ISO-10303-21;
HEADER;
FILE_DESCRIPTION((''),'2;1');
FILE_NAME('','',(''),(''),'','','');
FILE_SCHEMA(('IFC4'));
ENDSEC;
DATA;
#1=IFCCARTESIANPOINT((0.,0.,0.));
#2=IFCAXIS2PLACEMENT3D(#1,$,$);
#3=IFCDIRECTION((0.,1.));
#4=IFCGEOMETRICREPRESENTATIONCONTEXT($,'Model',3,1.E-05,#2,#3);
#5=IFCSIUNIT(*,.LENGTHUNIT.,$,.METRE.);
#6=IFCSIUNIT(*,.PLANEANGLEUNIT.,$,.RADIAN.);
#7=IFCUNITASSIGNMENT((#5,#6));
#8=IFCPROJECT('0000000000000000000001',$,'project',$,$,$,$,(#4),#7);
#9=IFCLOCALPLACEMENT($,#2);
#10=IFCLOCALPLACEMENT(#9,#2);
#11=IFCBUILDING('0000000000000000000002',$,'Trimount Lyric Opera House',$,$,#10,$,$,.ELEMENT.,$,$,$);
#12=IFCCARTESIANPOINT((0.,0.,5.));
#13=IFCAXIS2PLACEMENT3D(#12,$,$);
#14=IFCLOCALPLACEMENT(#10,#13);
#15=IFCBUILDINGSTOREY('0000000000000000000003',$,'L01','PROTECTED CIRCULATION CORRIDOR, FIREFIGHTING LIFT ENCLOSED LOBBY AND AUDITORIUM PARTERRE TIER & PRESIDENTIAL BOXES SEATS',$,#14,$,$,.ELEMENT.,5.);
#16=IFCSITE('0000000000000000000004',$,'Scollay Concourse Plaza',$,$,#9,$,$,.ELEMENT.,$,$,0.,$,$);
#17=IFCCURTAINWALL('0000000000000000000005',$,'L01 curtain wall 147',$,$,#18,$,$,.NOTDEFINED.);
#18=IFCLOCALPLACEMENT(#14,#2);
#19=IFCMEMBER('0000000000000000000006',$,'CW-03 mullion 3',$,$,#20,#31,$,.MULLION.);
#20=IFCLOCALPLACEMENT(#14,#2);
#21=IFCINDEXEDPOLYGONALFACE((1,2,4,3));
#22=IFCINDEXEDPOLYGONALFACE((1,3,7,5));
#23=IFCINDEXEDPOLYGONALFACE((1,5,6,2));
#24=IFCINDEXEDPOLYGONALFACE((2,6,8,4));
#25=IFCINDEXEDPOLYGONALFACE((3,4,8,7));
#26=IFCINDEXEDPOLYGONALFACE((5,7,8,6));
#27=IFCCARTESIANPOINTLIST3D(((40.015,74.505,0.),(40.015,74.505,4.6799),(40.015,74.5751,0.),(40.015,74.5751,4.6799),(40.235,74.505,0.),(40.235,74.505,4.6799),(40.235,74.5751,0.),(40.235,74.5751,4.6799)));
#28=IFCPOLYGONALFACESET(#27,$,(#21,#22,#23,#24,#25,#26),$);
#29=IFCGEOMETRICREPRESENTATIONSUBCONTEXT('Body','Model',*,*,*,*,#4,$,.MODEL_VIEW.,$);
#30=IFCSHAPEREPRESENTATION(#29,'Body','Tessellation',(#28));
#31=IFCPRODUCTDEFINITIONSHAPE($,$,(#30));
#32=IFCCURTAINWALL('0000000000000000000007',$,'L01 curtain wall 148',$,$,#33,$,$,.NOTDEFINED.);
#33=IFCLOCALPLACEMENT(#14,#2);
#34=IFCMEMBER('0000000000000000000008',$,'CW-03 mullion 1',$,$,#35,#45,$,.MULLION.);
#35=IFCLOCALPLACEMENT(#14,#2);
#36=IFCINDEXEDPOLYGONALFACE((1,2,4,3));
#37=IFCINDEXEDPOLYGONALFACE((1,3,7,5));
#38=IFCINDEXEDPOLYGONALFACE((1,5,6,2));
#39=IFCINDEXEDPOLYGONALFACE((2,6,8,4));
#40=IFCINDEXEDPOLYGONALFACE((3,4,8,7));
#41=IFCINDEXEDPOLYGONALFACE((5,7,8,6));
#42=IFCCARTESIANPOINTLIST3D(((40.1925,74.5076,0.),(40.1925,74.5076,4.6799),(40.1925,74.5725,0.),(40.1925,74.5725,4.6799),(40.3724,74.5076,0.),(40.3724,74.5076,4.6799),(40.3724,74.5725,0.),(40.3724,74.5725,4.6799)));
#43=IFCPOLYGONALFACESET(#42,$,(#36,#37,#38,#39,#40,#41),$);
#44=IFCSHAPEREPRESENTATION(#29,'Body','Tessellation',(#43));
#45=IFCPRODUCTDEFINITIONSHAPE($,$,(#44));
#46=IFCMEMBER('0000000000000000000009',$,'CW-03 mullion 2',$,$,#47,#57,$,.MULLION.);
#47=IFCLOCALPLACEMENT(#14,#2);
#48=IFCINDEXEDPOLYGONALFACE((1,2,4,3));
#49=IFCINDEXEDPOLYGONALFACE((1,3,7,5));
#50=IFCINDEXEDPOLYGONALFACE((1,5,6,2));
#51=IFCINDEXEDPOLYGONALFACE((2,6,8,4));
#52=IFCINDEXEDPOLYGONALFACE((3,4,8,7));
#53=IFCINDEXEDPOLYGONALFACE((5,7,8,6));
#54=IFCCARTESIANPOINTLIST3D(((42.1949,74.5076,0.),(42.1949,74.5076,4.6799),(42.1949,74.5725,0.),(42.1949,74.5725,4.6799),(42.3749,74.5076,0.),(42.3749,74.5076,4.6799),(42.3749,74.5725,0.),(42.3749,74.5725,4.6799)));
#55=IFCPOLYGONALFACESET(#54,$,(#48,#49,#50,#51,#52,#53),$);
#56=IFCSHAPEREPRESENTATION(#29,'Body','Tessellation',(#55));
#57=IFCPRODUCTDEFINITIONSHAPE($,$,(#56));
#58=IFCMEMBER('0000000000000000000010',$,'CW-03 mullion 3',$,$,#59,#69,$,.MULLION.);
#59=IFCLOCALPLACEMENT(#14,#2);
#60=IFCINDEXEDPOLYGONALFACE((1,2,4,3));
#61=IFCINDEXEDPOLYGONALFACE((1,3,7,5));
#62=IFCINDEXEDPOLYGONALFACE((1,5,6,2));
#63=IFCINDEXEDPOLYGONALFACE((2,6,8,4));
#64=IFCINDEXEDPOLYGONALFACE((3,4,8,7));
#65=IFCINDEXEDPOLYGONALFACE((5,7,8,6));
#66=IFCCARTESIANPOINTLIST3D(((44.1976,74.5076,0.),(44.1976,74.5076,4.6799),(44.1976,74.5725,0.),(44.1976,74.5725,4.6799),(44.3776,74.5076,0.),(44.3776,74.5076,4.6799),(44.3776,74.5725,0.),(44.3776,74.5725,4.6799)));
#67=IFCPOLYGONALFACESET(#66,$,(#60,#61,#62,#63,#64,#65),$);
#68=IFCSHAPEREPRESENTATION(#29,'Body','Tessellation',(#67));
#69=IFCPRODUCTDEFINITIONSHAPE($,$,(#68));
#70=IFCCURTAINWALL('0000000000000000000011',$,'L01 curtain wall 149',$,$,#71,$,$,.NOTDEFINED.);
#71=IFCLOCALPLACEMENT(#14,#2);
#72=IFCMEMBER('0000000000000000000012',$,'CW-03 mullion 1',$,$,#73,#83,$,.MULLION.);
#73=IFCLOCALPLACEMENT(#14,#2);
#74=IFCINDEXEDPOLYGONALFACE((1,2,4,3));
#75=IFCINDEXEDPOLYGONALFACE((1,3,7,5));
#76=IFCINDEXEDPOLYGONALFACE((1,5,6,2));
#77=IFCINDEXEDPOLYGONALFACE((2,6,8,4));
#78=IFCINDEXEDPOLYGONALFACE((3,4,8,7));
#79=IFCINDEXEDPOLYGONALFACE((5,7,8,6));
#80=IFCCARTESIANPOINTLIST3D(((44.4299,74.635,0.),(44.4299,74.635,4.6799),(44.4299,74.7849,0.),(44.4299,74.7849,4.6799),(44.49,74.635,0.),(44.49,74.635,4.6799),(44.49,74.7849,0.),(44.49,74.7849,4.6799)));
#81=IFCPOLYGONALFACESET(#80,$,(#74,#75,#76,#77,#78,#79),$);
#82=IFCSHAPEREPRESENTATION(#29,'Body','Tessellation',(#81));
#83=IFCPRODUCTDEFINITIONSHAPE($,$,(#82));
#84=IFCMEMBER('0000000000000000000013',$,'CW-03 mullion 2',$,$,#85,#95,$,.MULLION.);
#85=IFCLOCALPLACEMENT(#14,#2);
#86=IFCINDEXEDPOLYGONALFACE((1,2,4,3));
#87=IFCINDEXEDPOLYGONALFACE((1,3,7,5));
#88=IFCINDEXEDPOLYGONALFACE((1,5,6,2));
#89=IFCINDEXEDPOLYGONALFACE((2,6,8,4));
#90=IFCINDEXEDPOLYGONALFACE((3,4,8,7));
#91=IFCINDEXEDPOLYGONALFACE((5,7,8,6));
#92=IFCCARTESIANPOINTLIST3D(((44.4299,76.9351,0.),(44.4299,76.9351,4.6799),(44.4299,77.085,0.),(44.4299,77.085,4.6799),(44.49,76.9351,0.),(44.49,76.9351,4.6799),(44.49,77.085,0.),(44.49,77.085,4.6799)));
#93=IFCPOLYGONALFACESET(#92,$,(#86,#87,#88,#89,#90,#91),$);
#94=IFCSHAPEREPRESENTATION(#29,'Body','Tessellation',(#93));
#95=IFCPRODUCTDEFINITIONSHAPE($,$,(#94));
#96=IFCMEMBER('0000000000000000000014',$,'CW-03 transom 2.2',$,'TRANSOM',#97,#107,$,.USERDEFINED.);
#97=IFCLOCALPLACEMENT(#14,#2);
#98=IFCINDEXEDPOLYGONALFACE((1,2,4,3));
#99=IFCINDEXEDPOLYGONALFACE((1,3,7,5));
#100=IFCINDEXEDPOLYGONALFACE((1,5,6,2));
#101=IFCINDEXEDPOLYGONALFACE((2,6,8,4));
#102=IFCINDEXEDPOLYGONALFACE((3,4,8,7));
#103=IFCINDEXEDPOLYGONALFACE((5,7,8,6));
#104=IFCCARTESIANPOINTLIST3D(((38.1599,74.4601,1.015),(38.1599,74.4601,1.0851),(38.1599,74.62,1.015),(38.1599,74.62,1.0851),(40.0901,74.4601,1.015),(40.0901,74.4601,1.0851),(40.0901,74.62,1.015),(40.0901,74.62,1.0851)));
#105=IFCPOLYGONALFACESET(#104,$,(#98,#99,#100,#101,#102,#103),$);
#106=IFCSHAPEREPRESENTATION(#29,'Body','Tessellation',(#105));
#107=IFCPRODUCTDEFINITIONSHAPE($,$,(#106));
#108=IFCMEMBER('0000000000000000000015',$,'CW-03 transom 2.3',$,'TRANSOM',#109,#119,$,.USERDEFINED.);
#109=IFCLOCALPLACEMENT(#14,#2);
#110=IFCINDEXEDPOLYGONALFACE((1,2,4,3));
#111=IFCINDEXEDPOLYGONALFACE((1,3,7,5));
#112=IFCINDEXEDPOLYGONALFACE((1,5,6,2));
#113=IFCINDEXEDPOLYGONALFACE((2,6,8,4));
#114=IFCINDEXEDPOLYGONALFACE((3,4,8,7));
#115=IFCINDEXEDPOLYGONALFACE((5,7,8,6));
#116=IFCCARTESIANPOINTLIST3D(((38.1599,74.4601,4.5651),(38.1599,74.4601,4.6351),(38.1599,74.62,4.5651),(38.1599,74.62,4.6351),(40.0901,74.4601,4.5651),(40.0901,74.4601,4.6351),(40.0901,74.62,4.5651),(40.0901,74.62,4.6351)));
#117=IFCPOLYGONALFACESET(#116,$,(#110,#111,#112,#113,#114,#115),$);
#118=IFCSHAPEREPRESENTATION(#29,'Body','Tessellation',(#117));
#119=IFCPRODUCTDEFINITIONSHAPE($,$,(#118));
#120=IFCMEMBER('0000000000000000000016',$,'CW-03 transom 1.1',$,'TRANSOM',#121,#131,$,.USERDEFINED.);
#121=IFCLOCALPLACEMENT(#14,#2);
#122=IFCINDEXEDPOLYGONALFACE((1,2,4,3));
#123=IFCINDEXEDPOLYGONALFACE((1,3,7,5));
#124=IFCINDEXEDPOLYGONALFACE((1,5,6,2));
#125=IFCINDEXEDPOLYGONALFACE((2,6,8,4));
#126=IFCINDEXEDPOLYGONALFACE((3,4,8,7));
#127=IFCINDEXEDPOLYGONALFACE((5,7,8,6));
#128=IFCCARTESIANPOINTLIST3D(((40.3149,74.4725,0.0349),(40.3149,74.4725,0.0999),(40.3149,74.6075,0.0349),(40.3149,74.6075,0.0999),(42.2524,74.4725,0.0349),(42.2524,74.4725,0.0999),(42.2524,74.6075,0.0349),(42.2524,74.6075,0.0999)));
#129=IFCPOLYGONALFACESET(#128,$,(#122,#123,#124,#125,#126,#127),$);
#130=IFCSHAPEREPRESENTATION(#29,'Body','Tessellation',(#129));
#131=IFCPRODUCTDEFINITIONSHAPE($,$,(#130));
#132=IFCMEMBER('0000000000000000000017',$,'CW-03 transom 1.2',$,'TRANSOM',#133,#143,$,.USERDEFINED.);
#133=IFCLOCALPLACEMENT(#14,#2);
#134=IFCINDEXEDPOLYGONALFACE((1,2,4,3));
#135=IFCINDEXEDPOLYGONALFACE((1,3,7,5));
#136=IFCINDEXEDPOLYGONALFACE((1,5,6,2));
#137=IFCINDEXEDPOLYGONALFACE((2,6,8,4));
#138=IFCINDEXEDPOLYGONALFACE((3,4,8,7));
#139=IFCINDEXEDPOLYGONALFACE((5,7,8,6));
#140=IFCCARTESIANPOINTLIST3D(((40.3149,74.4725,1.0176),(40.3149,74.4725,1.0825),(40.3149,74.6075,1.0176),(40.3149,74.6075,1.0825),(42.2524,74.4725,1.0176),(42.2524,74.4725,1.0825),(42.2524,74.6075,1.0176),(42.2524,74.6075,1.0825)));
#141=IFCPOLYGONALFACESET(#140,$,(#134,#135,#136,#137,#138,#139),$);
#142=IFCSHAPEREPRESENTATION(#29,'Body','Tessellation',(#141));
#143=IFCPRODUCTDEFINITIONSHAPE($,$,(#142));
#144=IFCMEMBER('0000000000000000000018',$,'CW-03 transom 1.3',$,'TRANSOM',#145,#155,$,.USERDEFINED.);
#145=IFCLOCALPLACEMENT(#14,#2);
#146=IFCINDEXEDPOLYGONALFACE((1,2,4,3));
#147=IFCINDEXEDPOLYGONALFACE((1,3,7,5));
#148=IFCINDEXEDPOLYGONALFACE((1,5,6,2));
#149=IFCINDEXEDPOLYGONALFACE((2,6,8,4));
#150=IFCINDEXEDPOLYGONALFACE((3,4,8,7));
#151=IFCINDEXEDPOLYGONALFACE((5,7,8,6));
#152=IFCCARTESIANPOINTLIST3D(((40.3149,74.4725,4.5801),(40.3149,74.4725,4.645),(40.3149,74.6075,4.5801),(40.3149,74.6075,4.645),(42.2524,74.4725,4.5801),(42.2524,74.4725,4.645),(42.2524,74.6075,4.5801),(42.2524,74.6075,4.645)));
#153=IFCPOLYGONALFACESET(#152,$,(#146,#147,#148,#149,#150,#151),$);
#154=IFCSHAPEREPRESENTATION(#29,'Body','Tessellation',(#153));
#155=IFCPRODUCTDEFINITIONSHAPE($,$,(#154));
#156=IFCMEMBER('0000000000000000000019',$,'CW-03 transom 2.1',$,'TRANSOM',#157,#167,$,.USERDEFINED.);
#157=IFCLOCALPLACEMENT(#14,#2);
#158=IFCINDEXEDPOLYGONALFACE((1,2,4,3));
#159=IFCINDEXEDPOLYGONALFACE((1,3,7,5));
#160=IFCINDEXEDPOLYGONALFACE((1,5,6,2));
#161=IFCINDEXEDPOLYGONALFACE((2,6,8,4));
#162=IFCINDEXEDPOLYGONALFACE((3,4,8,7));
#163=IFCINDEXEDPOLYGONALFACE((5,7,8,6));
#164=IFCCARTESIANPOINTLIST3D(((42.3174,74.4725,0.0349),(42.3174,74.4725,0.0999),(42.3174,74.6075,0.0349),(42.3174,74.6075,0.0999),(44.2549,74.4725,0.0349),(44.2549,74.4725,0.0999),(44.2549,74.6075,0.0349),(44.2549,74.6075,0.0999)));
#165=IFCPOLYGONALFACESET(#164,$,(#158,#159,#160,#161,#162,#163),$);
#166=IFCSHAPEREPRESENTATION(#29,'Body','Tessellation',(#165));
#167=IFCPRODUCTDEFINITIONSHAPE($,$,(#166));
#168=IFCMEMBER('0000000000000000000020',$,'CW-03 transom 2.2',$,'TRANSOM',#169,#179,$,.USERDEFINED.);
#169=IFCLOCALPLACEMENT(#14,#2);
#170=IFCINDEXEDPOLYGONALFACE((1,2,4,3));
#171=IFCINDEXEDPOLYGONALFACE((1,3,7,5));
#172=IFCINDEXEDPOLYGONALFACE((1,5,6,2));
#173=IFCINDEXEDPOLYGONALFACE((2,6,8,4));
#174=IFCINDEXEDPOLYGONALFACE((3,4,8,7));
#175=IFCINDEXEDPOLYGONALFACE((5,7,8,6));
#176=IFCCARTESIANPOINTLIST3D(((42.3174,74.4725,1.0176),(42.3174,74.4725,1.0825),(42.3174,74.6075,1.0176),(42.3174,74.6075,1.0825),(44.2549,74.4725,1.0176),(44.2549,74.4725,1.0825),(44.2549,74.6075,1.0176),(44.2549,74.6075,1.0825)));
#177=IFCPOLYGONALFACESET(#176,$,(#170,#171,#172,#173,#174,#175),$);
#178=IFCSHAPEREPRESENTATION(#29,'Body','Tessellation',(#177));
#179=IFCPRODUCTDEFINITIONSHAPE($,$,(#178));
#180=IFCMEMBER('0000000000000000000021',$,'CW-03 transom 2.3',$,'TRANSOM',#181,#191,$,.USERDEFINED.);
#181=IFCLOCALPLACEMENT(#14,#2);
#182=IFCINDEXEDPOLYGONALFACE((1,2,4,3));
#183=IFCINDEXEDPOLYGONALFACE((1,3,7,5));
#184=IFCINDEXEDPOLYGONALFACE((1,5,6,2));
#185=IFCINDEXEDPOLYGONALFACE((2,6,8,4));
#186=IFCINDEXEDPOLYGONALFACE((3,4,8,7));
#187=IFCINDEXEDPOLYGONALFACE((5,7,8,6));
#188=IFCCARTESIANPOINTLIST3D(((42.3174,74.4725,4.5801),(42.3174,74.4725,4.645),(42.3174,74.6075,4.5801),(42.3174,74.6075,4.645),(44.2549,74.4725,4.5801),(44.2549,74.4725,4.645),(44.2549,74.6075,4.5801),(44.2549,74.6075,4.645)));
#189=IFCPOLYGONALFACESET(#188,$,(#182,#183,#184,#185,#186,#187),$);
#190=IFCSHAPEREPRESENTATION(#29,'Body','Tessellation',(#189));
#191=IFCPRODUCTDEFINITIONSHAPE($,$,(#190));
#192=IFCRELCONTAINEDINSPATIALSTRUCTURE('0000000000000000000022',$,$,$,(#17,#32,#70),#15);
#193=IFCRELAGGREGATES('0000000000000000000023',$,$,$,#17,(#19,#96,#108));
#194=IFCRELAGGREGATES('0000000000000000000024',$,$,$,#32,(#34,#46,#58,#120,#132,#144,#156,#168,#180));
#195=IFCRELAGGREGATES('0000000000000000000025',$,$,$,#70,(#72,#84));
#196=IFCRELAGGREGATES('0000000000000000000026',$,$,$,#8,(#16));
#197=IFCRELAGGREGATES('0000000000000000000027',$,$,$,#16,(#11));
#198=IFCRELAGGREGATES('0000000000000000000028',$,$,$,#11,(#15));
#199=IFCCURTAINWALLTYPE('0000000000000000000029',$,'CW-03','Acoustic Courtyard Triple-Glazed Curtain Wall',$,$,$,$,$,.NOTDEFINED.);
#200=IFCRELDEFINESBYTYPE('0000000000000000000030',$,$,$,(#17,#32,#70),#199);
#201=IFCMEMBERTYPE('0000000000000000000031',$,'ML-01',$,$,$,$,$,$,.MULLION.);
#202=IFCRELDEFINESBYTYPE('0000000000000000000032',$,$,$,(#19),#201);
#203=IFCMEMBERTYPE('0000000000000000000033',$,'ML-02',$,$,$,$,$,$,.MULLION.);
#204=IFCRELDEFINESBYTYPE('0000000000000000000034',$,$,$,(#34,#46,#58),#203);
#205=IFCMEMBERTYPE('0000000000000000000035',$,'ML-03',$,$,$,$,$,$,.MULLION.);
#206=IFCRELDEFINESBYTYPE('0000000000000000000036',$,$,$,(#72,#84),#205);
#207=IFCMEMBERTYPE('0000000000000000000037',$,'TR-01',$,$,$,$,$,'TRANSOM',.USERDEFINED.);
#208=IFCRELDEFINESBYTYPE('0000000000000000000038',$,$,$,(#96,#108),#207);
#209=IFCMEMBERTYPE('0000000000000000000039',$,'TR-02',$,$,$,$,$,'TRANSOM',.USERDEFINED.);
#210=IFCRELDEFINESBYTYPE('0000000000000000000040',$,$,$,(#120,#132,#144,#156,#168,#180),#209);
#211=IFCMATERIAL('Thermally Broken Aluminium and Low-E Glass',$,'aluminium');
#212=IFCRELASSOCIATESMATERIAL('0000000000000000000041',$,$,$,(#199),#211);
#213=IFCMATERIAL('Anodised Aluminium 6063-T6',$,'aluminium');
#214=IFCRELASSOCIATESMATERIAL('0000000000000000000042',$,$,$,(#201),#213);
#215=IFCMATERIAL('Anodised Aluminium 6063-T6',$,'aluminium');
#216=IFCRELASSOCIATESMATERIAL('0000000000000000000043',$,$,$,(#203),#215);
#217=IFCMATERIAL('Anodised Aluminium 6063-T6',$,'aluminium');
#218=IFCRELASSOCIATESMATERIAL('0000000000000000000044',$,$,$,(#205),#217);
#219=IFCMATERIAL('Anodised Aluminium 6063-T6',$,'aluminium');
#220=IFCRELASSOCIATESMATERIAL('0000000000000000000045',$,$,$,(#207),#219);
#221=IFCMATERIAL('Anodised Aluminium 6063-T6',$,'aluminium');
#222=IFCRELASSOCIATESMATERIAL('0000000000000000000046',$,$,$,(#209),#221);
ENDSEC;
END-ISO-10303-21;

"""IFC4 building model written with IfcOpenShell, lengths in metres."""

from ifc_helpers import new_model, si_unit, direction, frame, origin, origin_2d, place, context, subcontext, project, spatial, rectangle, extrude, material, material_profile, profile_set, type_object, element, aggregate, save


model = new_model("IFC4")

# Units and contexts
model_context = context("Model", 3, precision=1e-05, world=origin(), true_north=direction((0.0, 1.0)))
body_context = subcontext(model_context, "Body", "Model", "MODEL_VIEW")
ifc_project = project(units=[si_unit("LENGTHUNIT", "METRE"), si_unit("PLANEANGLEUNIT", "RADIAN")], contexts=[model_context])

# Site, building, storey
site_placement = place(None, origin())
site = spatial("IfcSite", under=ifc_project, at=site_placement, Name="Scollay Concourse Plaza", CompositionType="ELEMENT", RefElevation=0.0)
building_placement = place(site_placement, origin())
building = spatial("IfcBuilding", under=site, at=building_placement, Name="Trimount Lyric Opera House", CompositionType="ELEMENT")
storey_placement = place(building_placement, frame((0.0, 0.0, 5.0)))
storey = spatial("IfcBuildingStorey", under=building, at=storey_placement, Name="L01", Description="PROTECTED CIRCULATION CORRIDOR, FIREFIGHTING LIFT ENCLOSED LOBBY AND AUDITORIUM PARTERRE TIER & PRESIDENTIAL BOXES SEATS", CompositionType="ELEMENT", Elevation=5.0)

# Curtain wall, member
ifc_material_1 = material(Name="Thermally Broken Aluminium and Low-E Glass", Category="aluminium")
curtain_wall_type = type_object("IfcCurtainWallType", Name="CW-03", Description="Acoustic Courtyard Triple-Glazed Curtain Wall", PredefinedType="NOTDEFINED", material=ifc_material_1)
curtain_wall_1_placement = place(storey_placement, origin())
curtain_wall_1 = element("IfcCurtainWall", 1, at=curtain_wall_1_placement, inside=storey, type_object=curtain_wall_type, Name="L01 curtain wall 147", PredefinedType="NOTDEFINED")
ifc_material_2 = material(Name="Anodised Aluminium 6063-T6", Category="aluminium")
ifc_material_profile_1 = material_profile(ifc_material_2, rectangle(XDim=0.0701, YDim=0.22, at=origin_2d()), Name="ALU-MULL-70X220")
ifc_profile_set_1 = profile_set([ifc_material_profile_1], Name="Anodised Aluminium 6063-T6")
member_type_1 = type_object("IfcMemberType", Name="ML-01", PredefinedType="MULLION", material=ifc_profile_set_1)
member_1_placement = place(storey_placement, frame((40.125, 74.54, 0.0), z_axis=(0.0, 0.0, 1.0), x_axis=(0.0, 1.0, 0.0)))
member_1 = element("IfcMember", 2, at=member_1_placement, type_object=member_type_1, Name="CW-03 mullion 3", PredefinedType="MULLION", context=body_context, shape_type="SweptSolid", body=[
    extrude(rectangle(XDim=0.0701, YDim=0.22, at=origin_2d()), origin(), (0.0, 0.0, 1.0), 4.6799),
])

# Curtain walls, members
curtain_wall_2_placement = place(storey_placement, origin())
curtain_wall_2 = element("IfcCurtainWall", 3, at=curtain_wall_2_placement, inside=storey, type_object=curtain_wall_type, Name="L01 curtain wall 148", PredefinedType="NOTDEFINED")
ifc_material_3 = material(Name="Anodised Aluminium 6063-T6", Category="aluminium")
ifc_material_profile_2 = material_profile(ifc_material_3, rectangle(XDim=0.0649, YDim=0.1799, at=origin_2d()), Name="ALU-MULL-65X180")
ifc_profile_set_2 = profile_set([ifc_material_profile_2], Name="Anodised Aluminium 6063-T6")
member_type_2 = type_object("IfcMemberType", Name="ML-02", PredefinedType="MULLION", material=ifc_profile_set_2)
member_2_placement = place(storey_placement, frame((40.2825, 74.54, 0.0), z_axis=(0.0, 0.0, 1.0), x_axis=(0.0, 1.0, 0.0)))
member_2 = element("IfcMember", 4, at=member_2_placement, type_object=member_type_2, Name="CW-03 mullion 1", PredefinedType="MULLION", context=body_context, shape_type="SweptSolid", body=[
    extrude(rectangle(XDim=0.0649, YDim=0.1799, at=origin_2d()), origin(), (0.0, 0.0, 1.0), 4.6799),
])
member_3_placement = place(storey_placement, frame((42.2849, 74.54, 0.0), z_axis=(0.0, 0.0, 1.0), x_axis=(0.0, 1.0, 0.0)))
member_3 = element("IfcMember", 5, at=member_3_placement, type_object=member_type_2, Name="CW-03 mullion 2", PredefinedType="MULLION", context=body_context, shape_type="SweptSolid", body=[
    extrude(rectangle(XDim=0.0649, YDim=0.1799, at=origin_2d()), origin(), (0.0, 0.0, 1.0), 4.6799),
])
member_4_placement = place(storey_placement, frame((44.2876, 74.54, 0.0), z_axis=(0.0, 0.0, 1.0), x_axis=(0.0, 1.0, 0.0)))
member_4 = element("IfcMember", 6, at=member_4_placement, type_object=member_type_2, Name="CW-03 mullion 3", PredefinedType="MULLION", context=body_context, shape_type="SweptSolid", body=[
    extrude(rectangle(XDim=0.0649, YDim=0.1799, at=origin_2d()), origin(), (0.0, 0.0, 1.0), 4.6799),
])
curtain_wall_3_placement = place(storey_placement, origin())
curtain_wall_3 = element("IfcCurtainWall", 7, at=curtain_wall_3_placement, inside=storey, type_object=curtain_wall_type, Name="L01 curtain wall 149", PredefinedType="NOTDEFINED")
ifc_material_4 = material(Name="Anodised Aluminium 6063-T6", Category="aluminium")
ifc_material_profile_3 = material_profile(ifc_material_4, rectangle(XDim=0.0601, YDim=0.1499, at=origin_2d()), Name="ALU-MULL-60X150")
ifc_profile_set_3 = profile_set([ifc_material_profile_3], Name="Anodised Aluminium 6063-T6")
member_type_3 = type_object("IfcMemberType", Name="ML-03", PredefinedType="MULLION", material=ifc_profile_set_3)
member_5_placement = place(storey_placement, frame((44.46, 74.71, 0.0), z_axis=(0.0, 0.0, 1.0), x_axis=(-1.0, 0.0, 0.0)))
member_5 = element("IfcMember", 8, at=member_5_placement, type_object=member_type_3, Name="CW-03 mullion 1", PredefinedType="MULLION", context=body_context, shape_type="SweptSolid", body=[
    extrude(rectangle(XDim=0.0601, YDim=0.1499, at=origin_2d()), origin(), (0.0, 0.0, 1.0), 4.6799),
])
member_6_placement = place(storey_placement, frame((44.46, 77.01, 0.0), z_axis=(0.0, 0.0, 1.0), x_axis=(-1.0, 0.0, 0.0)))
member_6 = element("IfcMember", 9, at=member_6_placement, type_object=member_type_3, Name="CW-03 mullion 2", PredefinedType="MULLION", context=body_context, shape_type="SweptSolid", body=[
    extrude(rectangle(XDim=0.0601, YDim=0.1499, at=origin_2d()), origin(), (0.0, 0.0, 1.0), 4.6799),
])

# Members
ifc_material_5 = material(Name="Anodised Aluminium 6063-T6", Category="aluminium")
ifc_material_profile_4 = material_profile(ifc_material_5, rectangle(XDim=0.1599, YDim=0.0701, at=origin_2d()), Name="ALU-TRAN-70X160")
ifc_profile_set_4 = profile_set([ifc_material_profile_4], Name="Anodised Aluminium 6063-T6")
member_type_4 = type_object("IfcMemberType", Name="TR-01", ElementType="TRANSOM", PredefinedType="USERDEFINED", material=ifc_profile_set_4)
member_7_placement = place(storey_placement, frame((38.1599, 74.54, 1.05), z_axis=(1.0, 0.0, 0.0), x_axis=(0.0, 1.0, 0.0)))
member_7 = element("IfcMember", 10, at=member_7_placement, type_object=member_type_4, Name="CW-03 transom 2.2", ObjectType="TRANSOM", PredefinedType="USERDEFINED", context=body_context, shape_type="SweptSolid", body=[
    extrude(rectangle(XDim=0.1599, YDim=0.0701, at=origin_2d()), origin(), (0.0, 0.0, 1.0), 1.9302),
])
member_8_placement = place(storey_placement, frame((38.1599, 74.54, 4.6001), z_axis=(1.0, 0.0, 0.0), x_axis=(0.0, 1.0, 0.0)))
member_8 = element("IfcMember", 11, at=member_8_placement, type_object=member_type_4, Name="CW-03 transom 2.3", ObjectType="TRANSOM", PredefinedType="USERDEFINED", context=body_context, shape_type="SweptSolid", body=[
    extrude(rectangle(XDim=0.1599, YDim=0.0701, at=origin_2d()), origin(), (0.0, 0.0, 1.0), 1.9302),
])
ifc_material_6 = material(Name="Anodised Aluminium 6063-T6", Category="aluminium")
ifc_material_profile_5 = material_profile(ifc_material_6, rectangle(XDim=0.135, YDim=0.0649, at=origin_2d()), Name="ALU-TRAN-65X135")
ifc_profile_set_5 = profile_set([ifc_material_profile_5], Name="Anodised Aluminium 6063-T6")
member_type_5 = type_object("IfcMemberType", Name="TR-02", ElementType="TRANSOM", PredefinedType="USERDEFINED", material=ifc_profile_set_5)
member_9_placement = place(storey_placement, frame((40.3149, 74.54, 0.0674), z_axis=(1.0, 0.0, 0.0), x_axis=(0.0, 1.0, 0.0)))
member_9 = element("IfcMember", 12, at=member_9_placement, type_object=member_type_5, Name="CW-03 transom 1.1", ObjectType="TRANSOM", PredefinedType="USERDEFINED", context=body_context, shape_type="SweptSolid", body=[
    extrude(rectangle(XDim=0.135, YDim=0.0649, at=origin_2d()), origin(), (0.0, 0.0, 1.0), 1.9375),
])
member_10_placement = place(storey_placement, frame((40.3149, 74.54, 1.05), z_axis=(1.0, 0.0, 0.0), x_axis=(0.0, 1.0, 0.0)))
member_10 = element("IfcMember", 13, at=member_10_placement, type_object=member_type_5, Name="CW-03 transom 1.2", ObjectType="TRANSOM", PredefinedType="USERDEFINED", context=body_context, shape_type="SweptSolid", body=[
    extrude(rectangle(XDim=0.135, YDim=0.0649, at=origin_2d()), origin(), (0.0, 0.0, 1.0), 1.9375),
])
member_11_placement = place(storey_placement, frame((40.3149, 74.54, 4.6125), z_axis=(1.0, 0.0, 0.0), x_axis=(0.0, 1.0, 0.0)))
member_11 = element("IfcMember", 14, at=member_11_placement, type_object=member_type_5, Name="CW-03 transom 1.3", ObjectType="TRANSOM", PredefinedType="USERDEFINED", context=body_context, shape_type="SweptSolid", body=[
    extrude(rectangle(XDim=0.135, YDim=0.0649, at=origin_2d()), origin(), (0.0, 0.0, 1.0), 1.9375),
])
member_12_placement = place(storey_placement, frame((42.3174, 74.54, 0.0674), z_axis=(1.0, 0.0, 0.0), x_axis=(0.0, 1.0, 0.0)))
member_12 = element("IfcMember", 15, at=member_12_placement, type_object=member_type_5, Name="CW-03 transom 2.1", ObjectType="TRANSOM", PredefinedType="USERDEFINED", context=body_context, shape_type="SweptSolid", body=[
    extrude(rectangle(XDim=0.135, YDim=0.0649, at=origin_2d()), origin(), (0.0, 0.0, 1.0), 1.9375),
])
member_13_placement = place(storey_placement, frame((42.3174, 74.54, 1.05), z_axis=(1.0, 0.0, 0.0), x_axis=(0.0, 1.0, 0.0)))
member_13 = element("IfcMember", 16, at=member_13_placement, type_object=member_type_5, Name="CW-03 transom 2.2", ObjectType="TRANSOM", PredefinedType="USERDEFINED", context=body_context, shape_type="SweptSolid", body=[
    extrude(rectangle(XDim=0.135, YDim=0.0649, at=origin_2d()), origin(), (0.0, 0.0, 1.0), 1.9375),
])
member_14_placement = place(storey_placement, frame((42.3174, 74.54, 4.6125), z_axis=(1.0, 0.0, 0.0), x_axis=(0.0, 1.0, 0.0)))
member_14 = element("IfcMember", 17, at=member_14_placement, type_object=member_type_5, Name="CW-03 transom 2.3", ObjectType="TRANSOM", PredefinedType="USERDEFINED", context=body_context, shape_type="SweptSolid", body=[
    extrude(rectangle(XDim=0.135, YDim=0.0649, at=origin_2d()), origin(), (0.0, 0.0, 1.0), 1.9375),
])

aggregate(curtain_wall_1, [member_1, member_7, member_8])
aggregate(curtain_wall_2, [member_2, member_3, member_4, member_9, member_10, member_11, member_12, member_13, member_14])
aggregate(curtain_wall_3, [member_5, member_6])

save(model, "model.ifc")
